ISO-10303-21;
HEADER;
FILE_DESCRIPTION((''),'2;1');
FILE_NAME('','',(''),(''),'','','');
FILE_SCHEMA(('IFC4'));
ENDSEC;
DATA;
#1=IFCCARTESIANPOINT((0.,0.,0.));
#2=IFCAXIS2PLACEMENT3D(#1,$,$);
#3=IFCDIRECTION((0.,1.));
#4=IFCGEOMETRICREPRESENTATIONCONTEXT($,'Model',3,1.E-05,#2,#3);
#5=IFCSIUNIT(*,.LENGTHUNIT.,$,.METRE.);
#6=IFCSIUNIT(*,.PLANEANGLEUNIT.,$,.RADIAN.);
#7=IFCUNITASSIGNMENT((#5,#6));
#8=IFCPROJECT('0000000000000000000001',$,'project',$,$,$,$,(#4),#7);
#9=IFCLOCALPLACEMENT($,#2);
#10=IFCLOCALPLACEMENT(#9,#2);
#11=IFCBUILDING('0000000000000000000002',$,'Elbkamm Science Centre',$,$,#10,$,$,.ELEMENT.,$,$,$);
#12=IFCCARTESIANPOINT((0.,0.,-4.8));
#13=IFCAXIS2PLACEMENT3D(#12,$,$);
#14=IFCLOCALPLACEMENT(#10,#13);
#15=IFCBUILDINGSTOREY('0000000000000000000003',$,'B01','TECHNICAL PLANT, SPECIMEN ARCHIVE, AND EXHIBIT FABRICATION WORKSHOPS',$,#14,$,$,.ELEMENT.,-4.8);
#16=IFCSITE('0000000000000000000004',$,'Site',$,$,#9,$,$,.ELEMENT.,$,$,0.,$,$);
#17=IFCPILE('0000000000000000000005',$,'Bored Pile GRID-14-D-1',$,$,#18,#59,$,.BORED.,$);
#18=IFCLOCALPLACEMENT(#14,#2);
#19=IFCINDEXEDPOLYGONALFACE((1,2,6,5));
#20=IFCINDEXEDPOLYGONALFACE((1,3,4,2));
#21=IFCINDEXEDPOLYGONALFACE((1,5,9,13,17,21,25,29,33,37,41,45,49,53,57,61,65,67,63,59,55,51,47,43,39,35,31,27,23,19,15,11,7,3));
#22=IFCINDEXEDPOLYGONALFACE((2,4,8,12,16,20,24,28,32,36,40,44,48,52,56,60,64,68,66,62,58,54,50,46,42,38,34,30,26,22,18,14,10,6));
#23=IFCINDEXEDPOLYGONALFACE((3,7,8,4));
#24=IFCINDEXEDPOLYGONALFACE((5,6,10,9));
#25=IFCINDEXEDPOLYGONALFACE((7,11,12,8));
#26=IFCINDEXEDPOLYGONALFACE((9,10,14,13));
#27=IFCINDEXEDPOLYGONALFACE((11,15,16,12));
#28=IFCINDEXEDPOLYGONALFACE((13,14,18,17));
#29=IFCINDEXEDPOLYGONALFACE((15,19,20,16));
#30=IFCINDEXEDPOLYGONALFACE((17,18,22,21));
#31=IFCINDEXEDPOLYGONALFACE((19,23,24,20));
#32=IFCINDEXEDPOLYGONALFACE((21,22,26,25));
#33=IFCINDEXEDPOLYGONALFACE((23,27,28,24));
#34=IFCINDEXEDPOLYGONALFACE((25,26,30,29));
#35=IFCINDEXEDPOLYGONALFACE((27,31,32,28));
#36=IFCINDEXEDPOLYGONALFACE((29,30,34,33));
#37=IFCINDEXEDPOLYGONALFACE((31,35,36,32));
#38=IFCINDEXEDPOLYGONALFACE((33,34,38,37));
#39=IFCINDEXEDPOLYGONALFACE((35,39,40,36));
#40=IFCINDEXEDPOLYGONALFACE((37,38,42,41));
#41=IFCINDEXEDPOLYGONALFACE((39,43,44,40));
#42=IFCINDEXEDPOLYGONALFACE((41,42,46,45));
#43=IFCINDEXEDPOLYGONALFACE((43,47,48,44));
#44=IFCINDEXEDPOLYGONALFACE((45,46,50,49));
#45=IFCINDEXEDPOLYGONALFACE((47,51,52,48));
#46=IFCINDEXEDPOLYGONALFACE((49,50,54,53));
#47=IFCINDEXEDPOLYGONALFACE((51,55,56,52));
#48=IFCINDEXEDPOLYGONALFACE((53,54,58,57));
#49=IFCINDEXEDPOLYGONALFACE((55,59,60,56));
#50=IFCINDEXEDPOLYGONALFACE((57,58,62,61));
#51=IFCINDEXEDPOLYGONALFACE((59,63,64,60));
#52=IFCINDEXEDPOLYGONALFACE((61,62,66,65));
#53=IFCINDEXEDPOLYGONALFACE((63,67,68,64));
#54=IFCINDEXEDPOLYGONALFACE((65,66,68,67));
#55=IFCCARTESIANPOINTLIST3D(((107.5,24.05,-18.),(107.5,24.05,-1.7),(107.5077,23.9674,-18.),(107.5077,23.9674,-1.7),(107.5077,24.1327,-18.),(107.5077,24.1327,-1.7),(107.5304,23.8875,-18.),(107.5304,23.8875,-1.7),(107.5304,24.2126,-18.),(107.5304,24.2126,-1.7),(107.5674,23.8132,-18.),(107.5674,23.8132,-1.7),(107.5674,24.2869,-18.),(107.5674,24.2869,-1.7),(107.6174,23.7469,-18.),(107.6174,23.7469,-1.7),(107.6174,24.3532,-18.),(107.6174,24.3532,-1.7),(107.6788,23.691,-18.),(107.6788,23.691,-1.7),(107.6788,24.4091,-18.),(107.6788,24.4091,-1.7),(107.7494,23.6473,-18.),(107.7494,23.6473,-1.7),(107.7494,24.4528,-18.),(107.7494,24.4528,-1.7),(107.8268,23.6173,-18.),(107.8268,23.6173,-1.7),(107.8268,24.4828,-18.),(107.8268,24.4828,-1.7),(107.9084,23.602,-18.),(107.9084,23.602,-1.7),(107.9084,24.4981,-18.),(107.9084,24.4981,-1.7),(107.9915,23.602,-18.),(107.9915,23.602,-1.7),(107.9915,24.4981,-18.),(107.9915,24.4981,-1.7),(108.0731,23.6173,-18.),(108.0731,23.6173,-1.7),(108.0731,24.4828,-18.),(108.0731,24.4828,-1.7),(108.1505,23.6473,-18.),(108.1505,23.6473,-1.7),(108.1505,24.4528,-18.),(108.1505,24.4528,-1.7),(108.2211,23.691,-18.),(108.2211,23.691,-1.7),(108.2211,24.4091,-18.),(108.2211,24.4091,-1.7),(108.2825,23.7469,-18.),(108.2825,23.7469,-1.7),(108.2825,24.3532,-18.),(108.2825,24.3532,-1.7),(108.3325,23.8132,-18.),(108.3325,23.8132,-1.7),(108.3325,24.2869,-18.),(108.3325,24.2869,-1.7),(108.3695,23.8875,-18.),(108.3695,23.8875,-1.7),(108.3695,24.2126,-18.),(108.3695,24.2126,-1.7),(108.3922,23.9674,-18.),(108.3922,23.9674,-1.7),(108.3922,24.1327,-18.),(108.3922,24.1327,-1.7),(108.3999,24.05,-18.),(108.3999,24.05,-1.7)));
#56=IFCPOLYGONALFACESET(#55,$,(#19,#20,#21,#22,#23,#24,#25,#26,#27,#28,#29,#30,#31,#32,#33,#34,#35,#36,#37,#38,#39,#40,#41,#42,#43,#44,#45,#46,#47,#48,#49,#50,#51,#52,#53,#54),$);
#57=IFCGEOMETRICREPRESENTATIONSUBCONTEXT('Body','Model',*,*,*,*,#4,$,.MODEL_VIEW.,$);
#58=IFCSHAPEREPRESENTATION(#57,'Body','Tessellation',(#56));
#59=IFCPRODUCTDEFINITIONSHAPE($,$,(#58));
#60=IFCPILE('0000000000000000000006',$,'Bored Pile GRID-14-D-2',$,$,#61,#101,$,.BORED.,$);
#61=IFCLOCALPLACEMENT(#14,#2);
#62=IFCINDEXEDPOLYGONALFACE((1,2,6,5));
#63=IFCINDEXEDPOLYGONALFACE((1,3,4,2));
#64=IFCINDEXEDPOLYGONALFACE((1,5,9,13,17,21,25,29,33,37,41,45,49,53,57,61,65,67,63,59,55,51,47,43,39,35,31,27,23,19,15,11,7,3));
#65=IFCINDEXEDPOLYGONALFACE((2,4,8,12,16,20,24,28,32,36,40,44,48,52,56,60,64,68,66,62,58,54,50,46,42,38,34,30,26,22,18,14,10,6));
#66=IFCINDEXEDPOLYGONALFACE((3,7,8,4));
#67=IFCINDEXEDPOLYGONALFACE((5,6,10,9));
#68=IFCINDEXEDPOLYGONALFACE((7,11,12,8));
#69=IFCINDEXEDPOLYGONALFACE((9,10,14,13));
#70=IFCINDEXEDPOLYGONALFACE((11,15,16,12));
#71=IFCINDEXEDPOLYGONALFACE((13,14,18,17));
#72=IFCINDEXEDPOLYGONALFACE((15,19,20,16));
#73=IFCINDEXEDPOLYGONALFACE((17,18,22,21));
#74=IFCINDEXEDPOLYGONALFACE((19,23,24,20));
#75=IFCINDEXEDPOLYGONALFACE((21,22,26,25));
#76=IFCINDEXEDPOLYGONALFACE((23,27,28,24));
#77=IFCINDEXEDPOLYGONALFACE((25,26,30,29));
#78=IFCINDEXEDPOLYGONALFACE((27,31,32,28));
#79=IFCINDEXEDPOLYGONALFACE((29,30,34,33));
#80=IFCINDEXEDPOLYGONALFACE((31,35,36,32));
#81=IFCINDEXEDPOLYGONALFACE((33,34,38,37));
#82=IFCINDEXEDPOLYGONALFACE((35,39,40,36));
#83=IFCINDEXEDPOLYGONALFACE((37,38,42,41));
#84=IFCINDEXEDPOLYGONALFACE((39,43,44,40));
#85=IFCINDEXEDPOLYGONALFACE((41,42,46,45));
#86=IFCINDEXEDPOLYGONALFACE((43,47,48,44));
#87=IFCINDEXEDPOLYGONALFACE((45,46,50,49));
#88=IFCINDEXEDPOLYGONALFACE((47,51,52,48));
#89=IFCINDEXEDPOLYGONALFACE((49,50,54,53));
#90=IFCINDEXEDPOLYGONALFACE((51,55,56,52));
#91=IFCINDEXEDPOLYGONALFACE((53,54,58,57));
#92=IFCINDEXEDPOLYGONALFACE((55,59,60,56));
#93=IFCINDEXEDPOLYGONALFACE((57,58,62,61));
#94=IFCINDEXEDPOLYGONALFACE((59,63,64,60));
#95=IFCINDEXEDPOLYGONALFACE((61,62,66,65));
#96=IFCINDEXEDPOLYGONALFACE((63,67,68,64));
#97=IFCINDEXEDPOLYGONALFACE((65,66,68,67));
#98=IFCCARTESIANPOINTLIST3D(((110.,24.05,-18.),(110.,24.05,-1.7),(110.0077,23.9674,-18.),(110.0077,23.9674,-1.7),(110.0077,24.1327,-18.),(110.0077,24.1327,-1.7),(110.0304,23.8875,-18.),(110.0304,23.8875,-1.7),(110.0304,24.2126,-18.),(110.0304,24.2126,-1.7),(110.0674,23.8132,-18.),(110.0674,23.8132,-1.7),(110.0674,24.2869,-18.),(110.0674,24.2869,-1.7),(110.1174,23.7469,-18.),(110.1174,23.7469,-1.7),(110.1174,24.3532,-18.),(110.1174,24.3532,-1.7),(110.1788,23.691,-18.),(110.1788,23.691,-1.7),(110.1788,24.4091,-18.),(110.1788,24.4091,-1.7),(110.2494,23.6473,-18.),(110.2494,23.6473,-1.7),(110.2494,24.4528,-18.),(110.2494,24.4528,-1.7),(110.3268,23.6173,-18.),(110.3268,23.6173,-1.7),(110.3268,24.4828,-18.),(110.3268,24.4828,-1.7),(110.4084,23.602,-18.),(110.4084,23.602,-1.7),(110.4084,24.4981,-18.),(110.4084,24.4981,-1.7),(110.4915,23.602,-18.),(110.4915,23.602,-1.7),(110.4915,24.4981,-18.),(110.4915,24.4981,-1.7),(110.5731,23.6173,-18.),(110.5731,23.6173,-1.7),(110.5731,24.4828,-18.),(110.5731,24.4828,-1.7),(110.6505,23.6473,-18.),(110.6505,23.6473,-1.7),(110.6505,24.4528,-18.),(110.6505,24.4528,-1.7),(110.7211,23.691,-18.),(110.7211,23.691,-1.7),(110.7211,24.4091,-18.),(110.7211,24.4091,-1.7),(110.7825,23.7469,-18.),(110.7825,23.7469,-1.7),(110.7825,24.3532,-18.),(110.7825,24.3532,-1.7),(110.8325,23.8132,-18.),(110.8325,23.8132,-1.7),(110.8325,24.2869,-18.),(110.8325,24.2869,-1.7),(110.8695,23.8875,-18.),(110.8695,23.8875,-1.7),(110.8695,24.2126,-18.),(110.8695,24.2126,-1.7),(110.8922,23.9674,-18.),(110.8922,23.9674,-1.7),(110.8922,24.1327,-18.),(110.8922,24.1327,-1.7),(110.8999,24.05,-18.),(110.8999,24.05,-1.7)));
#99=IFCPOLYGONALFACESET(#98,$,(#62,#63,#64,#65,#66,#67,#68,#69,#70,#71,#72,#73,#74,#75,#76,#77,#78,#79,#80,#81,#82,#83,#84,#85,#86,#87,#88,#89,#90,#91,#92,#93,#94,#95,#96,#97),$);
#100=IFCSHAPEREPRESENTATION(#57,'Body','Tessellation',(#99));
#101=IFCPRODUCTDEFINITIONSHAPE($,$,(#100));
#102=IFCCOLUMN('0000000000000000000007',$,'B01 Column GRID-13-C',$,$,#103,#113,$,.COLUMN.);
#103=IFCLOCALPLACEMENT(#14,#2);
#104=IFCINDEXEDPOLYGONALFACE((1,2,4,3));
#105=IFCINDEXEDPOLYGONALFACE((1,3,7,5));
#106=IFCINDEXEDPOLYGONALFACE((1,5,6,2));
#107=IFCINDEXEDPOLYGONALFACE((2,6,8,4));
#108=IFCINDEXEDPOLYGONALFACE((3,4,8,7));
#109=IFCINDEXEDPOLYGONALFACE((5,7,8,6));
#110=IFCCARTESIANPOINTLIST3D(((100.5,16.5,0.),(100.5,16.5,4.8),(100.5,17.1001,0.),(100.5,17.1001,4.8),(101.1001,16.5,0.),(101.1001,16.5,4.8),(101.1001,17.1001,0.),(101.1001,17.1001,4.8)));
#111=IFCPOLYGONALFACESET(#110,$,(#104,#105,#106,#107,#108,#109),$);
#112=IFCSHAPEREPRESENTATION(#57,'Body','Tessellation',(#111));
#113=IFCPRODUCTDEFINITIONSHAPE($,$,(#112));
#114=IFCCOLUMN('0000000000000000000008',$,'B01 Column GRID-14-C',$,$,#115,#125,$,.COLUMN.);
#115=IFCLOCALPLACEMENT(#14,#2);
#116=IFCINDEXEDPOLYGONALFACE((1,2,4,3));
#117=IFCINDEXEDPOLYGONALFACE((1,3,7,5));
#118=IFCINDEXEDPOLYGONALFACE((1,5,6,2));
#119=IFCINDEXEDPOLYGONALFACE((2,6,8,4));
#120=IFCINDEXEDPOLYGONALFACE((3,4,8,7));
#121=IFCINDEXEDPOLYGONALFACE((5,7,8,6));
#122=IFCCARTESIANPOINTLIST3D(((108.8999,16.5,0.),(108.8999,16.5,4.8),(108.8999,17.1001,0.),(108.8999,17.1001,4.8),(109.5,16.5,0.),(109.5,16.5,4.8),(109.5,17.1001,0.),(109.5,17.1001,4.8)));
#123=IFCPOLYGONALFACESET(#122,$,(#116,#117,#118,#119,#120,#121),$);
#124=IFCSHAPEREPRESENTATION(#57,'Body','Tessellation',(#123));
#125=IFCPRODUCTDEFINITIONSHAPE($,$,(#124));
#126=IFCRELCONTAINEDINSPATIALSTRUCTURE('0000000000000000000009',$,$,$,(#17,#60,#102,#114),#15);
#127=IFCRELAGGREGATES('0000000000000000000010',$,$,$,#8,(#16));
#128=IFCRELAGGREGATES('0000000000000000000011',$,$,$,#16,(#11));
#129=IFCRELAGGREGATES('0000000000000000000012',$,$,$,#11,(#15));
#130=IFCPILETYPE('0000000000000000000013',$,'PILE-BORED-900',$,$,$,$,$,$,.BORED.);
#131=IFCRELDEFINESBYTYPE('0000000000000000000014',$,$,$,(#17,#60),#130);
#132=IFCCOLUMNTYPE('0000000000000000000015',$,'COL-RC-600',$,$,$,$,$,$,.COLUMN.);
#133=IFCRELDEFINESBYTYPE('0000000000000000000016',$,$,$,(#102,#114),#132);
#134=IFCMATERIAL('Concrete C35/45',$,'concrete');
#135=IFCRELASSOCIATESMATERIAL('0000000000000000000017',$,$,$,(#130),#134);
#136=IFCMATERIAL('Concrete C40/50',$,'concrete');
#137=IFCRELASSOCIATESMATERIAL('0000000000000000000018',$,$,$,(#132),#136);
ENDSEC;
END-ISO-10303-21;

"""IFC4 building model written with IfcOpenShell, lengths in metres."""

from ifc_helpers import new_model, si_unit, direction, frame, origin, origin_2d, place, context, subcontext, project, spatial, rectangle, circle, extrude, material, material_profile, profile_set, type_object, element, save


model = new_model("IFC4")

# Units and contexts
model_context = context("Model", 3, precision=1e-05, world=origin(), true_north=direction((0.0, 1.0)))
body_context = subcontext(model_context, "Body", "Model", "MODEL_VIEW")
ifc_project = project(units=[si_unit("LENGTHUNIT", "METRE"), si_unit("PLANEANGLEUNIT", "RADIAN")], contexts=[model_context])

# Site, building, storey
site_placement = place(None, origin())
site = spatial("IfcSite", under=ifc_project, at=site_placement, Name="Site", CompositionType="ELEMENT", RefElevation=0.0)
building_placement = place(site_placement, origin())
building = spatial("IfcBuilding", under=site, at=building_placement, Name="Elbkamm Science Centre", CompositionType="ELEMENT")
storey_placement = place(building_placement, frame((0.0, 0.0, -4.8)))
storey = spatial("IfcBuildingStorey", under=building, at=storey_placement, Name="B01", Description="TECHNICAL PLANT, SPECIMEN ARCHIVE, AND EXHIBIT FABRICATION WORKSHOPS", CompositionType="ELEMENT", Elevation=-4.8)

# Shared definitions
ifc_material_1 = material(Name="Concrete C35/45", Category="concrete")

# Piles
ifc_material_profile_1 = material_profile(ifc_material_1, circle(Radius=0.45, at=origin_2d()), Name="PILE D900")
ifc_profile_set_1 = profile_set([ifc_material_profile_1], Name="Concrete C35/45")
pile_type = type_object("IfcPileType", Name="PILE-BORED-900", PredefinedType="BORED", material=ifc_profile_set_1)
for number, where, z_axis, x_axis, name in (
    (1, (107.95, 24.05, -1.7), (0.0, 0.0, -1.0), (1.0, 0.0, 0.0), "Bored Pile GRID-14-D-1"),
    (2, (110.45, 24.05, -1.7), (0.0, 0.0, -1.0), (1.0, 0.0, 0.0), "Bored Pile GRID-14-D-2"),
):
    element("IfcPile", number, at=place(storey_placement, frame(where, z_axis=z_axis, x_axis=x_axis)), inside=storey, type_object=pile_type, Name=name, PredefinedType="BORED", context=body_context, shape_type="SweptSolid", body=[
        extrude(circle(Radius=0.45, at=origin_2d()), origin(), (0.0, 0.0, 1.0), 16.3),
    ])

# Columns
ifc_material_2 = material(Name="Concrete C40/50", Category="concrete")
ifc_material_profile_2 = material_profile(ifc_material_2, rectangle(XDim=0.6001, YDim=0.6001, at=origin_2d()), Name="RC 600x600")
ifc_profile_set_2 = profile_set([ifc_material_profile_2], Name="Concrete C40/50")
column_type = type_object("IfcColumnType", Name="COL-RC-600", PredefinedType="COLUMN", material=ifc_profile_set_2)
for number, where, z_axis, x_axis, name in (
    (3, (100.8, 16.8, 0.0), (0.0, 0.0, 1.0), (1.0, 0.0, 0.0), "B01 Column GRID-13-C"),
    (4, (109.2, 16.8, 0.0), (0.0, 0.0, 1.0), (1.0, 0.0, 0.0), "B01 Column GRID-14-C"),
):
    element("IfcColumn", number, at=place(storey_placement, frame(where, z_axis=z_axis, x_axis=x_axis)), inside=storey, type_object=column_type, Name=name, PredefinedType="COLUMN", context=body_context, shape_type="SweptSolid", body=[
        extrude(rectangle(XDim=0.6001, YDim=0.6001, at=origin_2d()), origin(), (0.0, 0.0, 1.0), 4.8),
    ])

save(model, "model.ifc")
